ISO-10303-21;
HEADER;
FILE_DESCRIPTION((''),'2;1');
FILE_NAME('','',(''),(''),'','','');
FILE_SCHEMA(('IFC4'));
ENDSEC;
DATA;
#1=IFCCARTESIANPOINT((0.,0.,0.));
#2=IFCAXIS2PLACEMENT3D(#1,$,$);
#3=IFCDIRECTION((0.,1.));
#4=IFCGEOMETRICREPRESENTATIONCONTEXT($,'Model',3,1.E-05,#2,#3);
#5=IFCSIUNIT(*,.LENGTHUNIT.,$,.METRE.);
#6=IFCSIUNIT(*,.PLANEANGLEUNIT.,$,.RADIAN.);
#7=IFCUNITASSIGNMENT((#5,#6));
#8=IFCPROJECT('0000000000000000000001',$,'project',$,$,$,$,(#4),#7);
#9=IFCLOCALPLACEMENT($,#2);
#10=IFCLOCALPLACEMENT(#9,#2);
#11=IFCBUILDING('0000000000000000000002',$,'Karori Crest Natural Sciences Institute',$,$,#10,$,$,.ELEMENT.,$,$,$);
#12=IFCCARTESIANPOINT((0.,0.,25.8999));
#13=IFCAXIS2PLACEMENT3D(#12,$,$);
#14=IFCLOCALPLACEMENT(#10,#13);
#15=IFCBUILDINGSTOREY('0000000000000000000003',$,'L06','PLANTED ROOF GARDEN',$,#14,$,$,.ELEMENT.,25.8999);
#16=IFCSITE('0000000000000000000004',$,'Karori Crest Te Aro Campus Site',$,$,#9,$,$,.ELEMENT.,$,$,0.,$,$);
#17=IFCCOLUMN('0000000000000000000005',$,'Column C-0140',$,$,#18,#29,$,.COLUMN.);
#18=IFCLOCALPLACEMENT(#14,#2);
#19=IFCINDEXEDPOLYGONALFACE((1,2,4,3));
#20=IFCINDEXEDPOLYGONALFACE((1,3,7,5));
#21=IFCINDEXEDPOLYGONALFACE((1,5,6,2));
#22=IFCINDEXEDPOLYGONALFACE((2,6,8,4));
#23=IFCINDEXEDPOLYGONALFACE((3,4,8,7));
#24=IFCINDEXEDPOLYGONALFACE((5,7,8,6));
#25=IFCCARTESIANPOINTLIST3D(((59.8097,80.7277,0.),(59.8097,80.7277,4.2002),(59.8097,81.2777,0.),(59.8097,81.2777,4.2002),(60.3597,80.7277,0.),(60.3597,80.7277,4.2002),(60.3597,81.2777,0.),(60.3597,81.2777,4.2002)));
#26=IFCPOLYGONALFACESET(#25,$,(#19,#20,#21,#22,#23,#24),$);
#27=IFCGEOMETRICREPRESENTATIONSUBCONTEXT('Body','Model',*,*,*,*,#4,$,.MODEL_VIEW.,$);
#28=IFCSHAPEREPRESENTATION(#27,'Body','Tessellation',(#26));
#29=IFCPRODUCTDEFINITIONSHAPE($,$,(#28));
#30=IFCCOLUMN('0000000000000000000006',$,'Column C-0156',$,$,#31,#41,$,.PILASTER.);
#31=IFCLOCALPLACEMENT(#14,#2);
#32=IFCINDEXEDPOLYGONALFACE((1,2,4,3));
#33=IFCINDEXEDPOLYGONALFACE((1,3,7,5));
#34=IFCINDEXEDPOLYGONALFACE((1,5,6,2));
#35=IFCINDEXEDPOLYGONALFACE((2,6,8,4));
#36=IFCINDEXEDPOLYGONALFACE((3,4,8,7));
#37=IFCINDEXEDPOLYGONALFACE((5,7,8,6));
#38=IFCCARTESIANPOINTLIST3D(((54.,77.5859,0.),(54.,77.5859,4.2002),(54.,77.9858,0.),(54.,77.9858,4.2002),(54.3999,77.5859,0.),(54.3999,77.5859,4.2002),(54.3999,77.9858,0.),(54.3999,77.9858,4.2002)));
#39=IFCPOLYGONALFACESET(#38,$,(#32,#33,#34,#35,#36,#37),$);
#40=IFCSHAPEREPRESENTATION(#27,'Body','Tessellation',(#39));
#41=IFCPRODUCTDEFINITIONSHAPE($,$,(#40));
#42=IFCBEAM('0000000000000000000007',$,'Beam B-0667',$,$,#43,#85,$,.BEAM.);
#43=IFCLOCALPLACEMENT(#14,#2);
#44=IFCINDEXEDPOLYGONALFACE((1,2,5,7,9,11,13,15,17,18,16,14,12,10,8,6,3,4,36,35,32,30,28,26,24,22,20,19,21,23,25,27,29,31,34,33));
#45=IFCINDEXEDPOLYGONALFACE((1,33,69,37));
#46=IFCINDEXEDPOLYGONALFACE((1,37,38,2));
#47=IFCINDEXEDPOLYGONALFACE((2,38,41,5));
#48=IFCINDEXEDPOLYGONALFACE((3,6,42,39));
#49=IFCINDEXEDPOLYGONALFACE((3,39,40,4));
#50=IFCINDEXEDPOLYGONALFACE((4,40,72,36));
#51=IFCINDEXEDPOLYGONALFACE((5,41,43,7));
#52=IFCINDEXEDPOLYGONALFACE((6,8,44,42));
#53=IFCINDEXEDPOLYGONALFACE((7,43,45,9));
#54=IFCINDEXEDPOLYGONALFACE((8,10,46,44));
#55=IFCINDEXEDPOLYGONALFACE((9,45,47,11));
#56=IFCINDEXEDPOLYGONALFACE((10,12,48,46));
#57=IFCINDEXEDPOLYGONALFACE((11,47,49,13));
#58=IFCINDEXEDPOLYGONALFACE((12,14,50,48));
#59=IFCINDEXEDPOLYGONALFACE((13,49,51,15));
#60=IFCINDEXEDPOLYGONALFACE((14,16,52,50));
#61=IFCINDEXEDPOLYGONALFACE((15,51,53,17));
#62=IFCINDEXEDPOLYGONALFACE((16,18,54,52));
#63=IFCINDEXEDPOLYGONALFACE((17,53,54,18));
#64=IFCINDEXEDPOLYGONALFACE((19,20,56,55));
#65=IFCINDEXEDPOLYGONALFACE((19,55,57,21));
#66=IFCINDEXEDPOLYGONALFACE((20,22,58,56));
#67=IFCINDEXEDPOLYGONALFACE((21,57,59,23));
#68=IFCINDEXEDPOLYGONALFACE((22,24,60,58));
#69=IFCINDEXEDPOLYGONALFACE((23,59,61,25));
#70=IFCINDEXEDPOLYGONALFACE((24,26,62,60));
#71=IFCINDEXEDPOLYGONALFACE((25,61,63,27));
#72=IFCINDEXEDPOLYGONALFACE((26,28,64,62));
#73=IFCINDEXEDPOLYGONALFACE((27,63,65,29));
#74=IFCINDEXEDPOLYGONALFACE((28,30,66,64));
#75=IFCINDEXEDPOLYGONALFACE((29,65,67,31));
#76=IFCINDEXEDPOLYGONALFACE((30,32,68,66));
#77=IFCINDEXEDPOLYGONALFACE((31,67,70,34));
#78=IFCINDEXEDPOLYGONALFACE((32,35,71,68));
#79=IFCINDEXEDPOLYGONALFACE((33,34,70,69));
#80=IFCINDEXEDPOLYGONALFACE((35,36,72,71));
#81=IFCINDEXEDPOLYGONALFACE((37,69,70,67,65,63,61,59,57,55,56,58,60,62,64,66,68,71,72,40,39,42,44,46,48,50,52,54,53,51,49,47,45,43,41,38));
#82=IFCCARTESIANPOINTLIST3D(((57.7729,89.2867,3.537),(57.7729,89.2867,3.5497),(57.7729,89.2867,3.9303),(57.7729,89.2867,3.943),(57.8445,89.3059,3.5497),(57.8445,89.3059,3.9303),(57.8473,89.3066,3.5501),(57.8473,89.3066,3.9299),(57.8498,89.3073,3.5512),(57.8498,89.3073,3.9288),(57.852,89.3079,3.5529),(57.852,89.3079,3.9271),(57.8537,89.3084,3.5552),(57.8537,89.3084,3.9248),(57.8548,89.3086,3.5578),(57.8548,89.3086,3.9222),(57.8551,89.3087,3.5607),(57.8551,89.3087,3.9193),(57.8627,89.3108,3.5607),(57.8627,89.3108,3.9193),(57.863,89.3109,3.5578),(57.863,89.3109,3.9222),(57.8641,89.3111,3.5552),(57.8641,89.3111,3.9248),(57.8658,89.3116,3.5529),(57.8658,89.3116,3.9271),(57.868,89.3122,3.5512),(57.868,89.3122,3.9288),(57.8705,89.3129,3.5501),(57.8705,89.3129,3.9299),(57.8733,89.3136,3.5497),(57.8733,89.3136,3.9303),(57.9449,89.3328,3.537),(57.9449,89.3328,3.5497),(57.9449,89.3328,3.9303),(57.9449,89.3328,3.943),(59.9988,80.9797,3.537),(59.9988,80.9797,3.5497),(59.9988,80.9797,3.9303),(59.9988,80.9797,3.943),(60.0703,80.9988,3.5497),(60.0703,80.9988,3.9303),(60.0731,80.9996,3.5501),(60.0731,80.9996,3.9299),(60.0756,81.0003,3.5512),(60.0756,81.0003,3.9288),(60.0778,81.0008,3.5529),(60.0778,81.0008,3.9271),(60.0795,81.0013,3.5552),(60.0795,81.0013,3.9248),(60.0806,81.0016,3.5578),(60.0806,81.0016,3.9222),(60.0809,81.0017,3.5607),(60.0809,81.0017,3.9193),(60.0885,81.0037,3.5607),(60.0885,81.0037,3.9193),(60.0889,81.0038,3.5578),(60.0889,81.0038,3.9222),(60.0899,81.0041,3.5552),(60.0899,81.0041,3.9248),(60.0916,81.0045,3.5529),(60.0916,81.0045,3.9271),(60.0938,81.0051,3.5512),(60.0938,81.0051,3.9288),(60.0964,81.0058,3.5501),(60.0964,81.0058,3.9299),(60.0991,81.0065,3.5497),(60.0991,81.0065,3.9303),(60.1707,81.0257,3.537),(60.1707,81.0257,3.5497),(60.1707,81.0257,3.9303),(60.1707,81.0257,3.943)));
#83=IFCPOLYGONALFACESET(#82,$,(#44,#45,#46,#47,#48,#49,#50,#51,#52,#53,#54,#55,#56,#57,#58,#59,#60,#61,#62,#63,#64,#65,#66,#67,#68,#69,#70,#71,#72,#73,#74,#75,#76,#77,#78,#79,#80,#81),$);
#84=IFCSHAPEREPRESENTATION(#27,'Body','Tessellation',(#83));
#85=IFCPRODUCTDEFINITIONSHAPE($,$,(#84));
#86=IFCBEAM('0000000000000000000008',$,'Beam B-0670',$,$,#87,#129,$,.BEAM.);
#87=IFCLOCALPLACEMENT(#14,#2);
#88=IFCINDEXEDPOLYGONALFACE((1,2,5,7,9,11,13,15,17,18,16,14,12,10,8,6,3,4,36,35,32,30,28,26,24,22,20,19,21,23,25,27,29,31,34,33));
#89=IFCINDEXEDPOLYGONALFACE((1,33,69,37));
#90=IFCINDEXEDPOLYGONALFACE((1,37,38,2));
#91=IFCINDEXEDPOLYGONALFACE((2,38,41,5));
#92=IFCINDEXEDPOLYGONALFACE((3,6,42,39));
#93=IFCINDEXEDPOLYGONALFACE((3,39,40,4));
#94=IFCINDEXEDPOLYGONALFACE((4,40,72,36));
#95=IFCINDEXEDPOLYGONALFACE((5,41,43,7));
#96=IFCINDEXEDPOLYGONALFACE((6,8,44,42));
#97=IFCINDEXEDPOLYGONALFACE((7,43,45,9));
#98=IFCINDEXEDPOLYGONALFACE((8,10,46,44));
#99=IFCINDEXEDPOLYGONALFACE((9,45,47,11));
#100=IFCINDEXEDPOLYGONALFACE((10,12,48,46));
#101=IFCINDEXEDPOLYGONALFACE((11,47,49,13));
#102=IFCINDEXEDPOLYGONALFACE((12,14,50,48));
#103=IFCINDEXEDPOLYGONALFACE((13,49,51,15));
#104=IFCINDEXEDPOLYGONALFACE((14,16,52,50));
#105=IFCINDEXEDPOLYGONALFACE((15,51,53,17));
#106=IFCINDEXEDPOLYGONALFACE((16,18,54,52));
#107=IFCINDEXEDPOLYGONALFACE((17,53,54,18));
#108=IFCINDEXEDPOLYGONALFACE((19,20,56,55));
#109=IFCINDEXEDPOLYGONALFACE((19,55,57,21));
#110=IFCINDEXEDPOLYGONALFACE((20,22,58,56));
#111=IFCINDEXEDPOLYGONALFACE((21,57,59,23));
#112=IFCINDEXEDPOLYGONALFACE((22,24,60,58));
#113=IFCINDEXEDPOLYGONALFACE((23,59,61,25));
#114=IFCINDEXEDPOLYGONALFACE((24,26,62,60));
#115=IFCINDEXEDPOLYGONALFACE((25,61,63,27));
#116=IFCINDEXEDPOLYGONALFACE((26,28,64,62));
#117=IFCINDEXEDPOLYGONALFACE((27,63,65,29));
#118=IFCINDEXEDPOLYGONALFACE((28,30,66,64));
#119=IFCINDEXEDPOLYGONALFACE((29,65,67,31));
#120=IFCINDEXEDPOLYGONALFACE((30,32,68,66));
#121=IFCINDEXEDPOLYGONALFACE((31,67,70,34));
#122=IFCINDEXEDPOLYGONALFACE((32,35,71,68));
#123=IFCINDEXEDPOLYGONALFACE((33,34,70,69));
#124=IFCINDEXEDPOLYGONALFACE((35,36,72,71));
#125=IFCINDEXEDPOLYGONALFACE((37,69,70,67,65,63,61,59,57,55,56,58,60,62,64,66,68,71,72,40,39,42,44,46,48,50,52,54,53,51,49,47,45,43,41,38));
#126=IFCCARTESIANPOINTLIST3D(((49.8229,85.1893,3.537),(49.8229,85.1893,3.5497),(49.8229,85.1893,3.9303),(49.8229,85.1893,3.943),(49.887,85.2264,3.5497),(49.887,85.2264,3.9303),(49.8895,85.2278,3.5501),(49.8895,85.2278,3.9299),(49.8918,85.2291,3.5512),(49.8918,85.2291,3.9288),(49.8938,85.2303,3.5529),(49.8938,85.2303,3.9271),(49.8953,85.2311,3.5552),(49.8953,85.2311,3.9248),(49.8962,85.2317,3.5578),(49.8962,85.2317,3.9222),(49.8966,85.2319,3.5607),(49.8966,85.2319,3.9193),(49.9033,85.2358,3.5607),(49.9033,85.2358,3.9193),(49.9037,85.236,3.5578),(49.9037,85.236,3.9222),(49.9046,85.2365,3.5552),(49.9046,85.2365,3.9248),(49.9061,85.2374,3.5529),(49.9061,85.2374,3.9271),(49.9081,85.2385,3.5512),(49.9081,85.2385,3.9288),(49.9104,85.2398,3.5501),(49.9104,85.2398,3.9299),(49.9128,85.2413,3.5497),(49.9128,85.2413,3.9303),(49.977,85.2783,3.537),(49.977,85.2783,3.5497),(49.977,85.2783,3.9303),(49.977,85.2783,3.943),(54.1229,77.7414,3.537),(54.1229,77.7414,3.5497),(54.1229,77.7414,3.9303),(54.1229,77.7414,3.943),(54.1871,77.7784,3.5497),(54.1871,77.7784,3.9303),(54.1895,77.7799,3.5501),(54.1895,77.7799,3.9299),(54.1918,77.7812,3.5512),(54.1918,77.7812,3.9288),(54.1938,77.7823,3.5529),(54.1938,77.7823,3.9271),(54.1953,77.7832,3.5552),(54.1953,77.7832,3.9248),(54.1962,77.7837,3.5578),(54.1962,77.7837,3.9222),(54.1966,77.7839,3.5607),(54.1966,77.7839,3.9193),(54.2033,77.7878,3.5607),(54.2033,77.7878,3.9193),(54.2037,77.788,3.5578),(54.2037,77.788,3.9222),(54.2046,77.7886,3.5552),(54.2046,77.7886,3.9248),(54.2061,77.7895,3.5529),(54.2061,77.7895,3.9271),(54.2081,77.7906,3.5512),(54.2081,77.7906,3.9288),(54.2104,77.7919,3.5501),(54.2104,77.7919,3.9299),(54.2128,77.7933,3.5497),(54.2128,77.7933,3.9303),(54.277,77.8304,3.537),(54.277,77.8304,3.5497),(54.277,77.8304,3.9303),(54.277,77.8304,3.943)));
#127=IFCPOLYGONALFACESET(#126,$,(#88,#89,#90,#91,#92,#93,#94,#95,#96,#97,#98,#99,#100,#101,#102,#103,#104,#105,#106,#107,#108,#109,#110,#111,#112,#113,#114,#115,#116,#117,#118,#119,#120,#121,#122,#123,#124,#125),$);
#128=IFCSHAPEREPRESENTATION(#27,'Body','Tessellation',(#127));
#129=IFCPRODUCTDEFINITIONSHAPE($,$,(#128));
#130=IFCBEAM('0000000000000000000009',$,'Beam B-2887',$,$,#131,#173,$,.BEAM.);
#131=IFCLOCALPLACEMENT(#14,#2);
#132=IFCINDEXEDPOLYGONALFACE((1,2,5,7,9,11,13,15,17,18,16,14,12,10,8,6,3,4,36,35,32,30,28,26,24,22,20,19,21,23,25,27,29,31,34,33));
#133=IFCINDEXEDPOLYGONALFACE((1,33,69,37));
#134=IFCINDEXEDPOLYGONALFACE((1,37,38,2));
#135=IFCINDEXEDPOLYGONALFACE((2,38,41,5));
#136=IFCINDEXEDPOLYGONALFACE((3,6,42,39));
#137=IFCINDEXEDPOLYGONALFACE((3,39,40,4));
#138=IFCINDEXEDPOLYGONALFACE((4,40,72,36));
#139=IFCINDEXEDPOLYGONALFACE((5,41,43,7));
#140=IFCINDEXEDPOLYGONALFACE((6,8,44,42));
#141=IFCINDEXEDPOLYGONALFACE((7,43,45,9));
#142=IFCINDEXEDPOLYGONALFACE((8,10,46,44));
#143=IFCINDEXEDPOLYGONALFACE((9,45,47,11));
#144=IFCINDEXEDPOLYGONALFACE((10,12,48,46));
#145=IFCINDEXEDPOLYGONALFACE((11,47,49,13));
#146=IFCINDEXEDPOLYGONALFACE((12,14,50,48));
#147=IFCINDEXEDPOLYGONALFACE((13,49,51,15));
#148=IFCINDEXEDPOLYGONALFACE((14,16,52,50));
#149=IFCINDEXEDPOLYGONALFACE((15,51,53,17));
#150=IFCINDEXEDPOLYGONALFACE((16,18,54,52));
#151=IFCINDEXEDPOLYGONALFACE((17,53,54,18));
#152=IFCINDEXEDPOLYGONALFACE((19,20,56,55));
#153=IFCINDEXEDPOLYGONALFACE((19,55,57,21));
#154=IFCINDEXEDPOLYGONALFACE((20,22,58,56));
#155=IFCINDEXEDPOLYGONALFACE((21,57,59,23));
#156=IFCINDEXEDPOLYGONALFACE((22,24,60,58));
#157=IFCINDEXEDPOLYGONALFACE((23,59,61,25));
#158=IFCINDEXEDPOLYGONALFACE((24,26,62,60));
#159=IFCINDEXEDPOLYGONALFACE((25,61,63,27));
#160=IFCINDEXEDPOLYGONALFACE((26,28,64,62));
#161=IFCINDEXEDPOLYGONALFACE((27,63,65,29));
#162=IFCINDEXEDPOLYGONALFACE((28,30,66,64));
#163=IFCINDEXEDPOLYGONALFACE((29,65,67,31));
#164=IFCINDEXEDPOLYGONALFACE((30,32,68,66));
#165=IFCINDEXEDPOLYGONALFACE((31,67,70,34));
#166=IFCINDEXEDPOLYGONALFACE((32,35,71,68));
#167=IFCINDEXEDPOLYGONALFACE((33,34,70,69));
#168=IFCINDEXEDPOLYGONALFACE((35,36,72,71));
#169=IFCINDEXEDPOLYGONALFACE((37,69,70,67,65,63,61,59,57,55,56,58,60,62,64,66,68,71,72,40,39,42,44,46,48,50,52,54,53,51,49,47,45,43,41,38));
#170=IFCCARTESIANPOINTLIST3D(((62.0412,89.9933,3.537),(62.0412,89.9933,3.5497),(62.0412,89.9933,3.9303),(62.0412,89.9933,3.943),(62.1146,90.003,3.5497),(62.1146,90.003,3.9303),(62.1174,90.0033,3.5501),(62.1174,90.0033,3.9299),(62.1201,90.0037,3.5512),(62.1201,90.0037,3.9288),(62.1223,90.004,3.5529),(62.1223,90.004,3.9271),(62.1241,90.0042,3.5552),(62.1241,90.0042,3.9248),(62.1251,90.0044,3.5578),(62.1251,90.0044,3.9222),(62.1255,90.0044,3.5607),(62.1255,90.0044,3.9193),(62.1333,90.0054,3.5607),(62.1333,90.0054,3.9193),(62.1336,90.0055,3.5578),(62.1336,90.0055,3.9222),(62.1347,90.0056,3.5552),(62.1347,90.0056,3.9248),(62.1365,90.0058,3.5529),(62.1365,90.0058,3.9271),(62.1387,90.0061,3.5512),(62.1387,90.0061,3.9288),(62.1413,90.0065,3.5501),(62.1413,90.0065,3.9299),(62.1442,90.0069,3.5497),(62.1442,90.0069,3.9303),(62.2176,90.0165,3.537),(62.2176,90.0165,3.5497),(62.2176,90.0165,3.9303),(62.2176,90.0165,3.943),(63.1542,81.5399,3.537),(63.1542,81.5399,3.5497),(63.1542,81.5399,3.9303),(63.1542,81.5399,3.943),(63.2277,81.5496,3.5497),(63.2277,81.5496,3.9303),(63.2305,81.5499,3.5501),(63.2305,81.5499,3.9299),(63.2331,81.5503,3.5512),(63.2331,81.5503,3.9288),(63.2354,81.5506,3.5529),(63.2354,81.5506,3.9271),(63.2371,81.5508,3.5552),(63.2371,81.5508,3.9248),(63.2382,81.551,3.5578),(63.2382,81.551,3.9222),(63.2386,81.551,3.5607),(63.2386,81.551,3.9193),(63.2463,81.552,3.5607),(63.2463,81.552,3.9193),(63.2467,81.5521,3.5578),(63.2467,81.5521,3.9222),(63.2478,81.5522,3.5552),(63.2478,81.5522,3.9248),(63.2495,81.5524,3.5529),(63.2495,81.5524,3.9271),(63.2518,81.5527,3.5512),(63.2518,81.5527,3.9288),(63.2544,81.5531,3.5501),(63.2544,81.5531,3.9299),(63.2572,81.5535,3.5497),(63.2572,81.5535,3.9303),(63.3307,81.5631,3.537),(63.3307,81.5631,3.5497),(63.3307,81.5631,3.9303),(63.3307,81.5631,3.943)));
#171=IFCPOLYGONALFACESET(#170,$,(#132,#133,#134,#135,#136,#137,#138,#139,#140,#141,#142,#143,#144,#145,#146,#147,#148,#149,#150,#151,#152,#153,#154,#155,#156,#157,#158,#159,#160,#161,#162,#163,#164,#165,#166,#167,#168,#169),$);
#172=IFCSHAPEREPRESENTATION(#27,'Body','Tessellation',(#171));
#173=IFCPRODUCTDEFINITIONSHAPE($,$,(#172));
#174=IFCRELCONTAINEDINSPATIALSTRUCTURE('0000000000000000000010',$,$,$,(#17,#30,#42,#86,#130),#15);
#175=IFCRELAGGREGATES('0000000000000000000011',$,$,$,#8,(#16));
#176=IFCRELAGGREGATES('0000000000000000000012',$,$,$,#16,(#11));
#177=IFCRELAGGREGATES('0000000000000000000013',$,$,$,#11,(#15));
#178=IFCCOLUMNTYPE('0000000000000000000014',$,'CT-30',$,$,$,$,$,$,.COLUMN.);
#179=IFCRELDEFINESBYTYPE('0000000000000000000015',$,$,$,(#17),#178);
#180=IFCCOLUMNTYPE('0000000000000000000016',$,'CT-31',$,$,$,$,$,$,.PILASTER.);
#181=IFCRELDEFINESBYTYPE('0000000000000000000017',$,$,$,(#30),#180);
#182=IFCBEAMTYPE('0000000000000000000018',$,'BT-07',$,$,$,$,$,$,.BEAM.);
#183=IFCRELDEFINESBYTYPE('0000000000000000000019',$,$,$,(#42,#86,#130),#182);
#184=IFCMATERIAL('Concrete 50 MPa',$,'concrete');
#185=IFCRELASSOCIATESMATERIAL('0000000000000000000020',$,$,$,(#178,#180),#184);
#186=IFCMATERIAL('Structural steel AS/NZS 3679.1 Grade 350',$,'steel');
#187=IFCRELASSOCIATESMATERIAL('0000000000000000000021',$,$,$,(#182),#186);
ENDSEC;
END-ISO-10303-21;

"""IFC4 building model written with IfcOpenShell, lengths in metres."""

from ifc_helpers import new_model, si_unit, direction, frame, origin, origin_2d, place, context, subcontext, project, spatial, rectangle, i_section, extrude, material, material_profile, profile_set, type_object, element, save


model = new_model("IFC4")

# Units and contexts
model_context = context("Model", 3, precision=1e-05, world=origin(), true_north=direction((0.0, 1.0)))
body_context = subcontext(model_context, "Body", "Model", "MODEL_VIEW")
ifc_project = project(units=[si_unit("LENGTHUNIT", "METRE"), si_unit("PLANEANGLEUNIT", "RADIAN")], contexts=[model_context])

# Site, building, storey
site_placement = place(None, origin())
site = spatial("IfcSite", under=ifc_project, at=site_placement, Name="Karori Crest Te Aro Campus Site", CompositionType="ELEMENT", RefElevation=0.0)
building_placement = place(site_placement, origin())
building = spatial("IfcBuilding", under=site, at=building_placement, Name="Karori Crest Natural Sciences Institute", CompositionType="ELEMENT")
storey_placement = place(building_placement, frame((0.0, 0.0, 25.8999)))
storey = spatial("IfcBuildingStorey", under=building, at=storey_placement, Name="L06", Description="PLANTED ROOF GARDEN", CompositionType="ELEMENT", Elevation=25.8999)

# Columns
ifc_material_1 = material(Name="Concrete 50 MPa", Category="concrete")
ifc_material_profile_1 = material_profile(ifc_material_1, rectangle(XDim=0.55, YDim=0.55, at=origin_2d()), Name="RC550x550")
ifc_profile_set_1 = profile_set([ifc_material_profile_1], Name="Concrete 50 MPa")
column_type_1 = type_object("IfcColumnType", Name="CT-30", PredefinedType="COLUMN", material=ifc_profile_set_1)
column_1_placement = place(storey_placement, frame((60.0847, 81.0027, 0.0), z_axis=(0.0, 0.0, 1.0), x_axis=(1.0, 0.0, 0.0)))
element("IfcColumn", 1, at=column_1_placement, inside=storey, type_object=column_type_1, Name="Column C-0140", PredefinedType="COLUMN", context=body_context, shape_type="SweptSolid", body=[
    extrude(rectangle(XDim=0.55, YDim=0.55, at=origin_2d()), origin(), (0.0, 0.0, 1.0), 4.2002),
])
ifc_material_profile_2 = material_profile(ifc_material_1, rectangle(XDim=0.3999, YDim=0.3999, at=origin_2d()), Name="RC400x400")
ifc_profile_set_2 = profile_set([ifc_material_profile_2], Name="Concrete 50 MPa")
column_type_2 = type_object("IfcColumnType", Name="CT-31", PredefinedType="PILASTER", material=ifc_profile_set_2)
column_2_placement = place(storey_placement, frame((54.2, 77.7859, 0.0), z_axis=(0.0, 0.0, 1.0), x_axis=(1.0, 0.0, 0.0)))
element("IfcColumn", 2, at=column_2_placement, inside=storey, type_object=column_type_2, Name="Column C-0156", PredefinedType="PILASTER", context=body_context, shape_type="SweptSolid", body=[
    extrude(rectangle(XDim=0.3999, YDim=0.3999, at=origin_2d()), origin(), (0.0, 0.0, 1.0), 4.2002),
])

# Beams
ifc_material_2 = material(Name="Structural steel AS/NZS 3679.1 Grade 350", Category="steel")
ifc_material_profile_3 = material_profile(ifc_material_2, i_section(OverallWidth=0.178, OverallDepth=0.406, WebThickness=0.0078, FlangeThickness=0.0127, FilletRadius=0.011, at=origin_2d()), Name="410UB59.7")
ifc_profile_set_3 = profile_set([ifc_material_profile_3], Name="Structural steel AS/NZS 3679.1 Grade 350")
beam_type_1 = type_object("IfcBeamType", Name="BT-07", PredefinedType="BEAM", material=ifc_profile_set_3)
for number, where, z_axis, x_axis, name in (
    (3, (60.0847, 81.0027, 3.74), (-0.258813, 0.965928, 0.0), (-0.965928, -0.258813, 0.0), "Beam B-0667"),
    (4, (54.2, 77.7859, 3.74), (-0.499995, 0.866028, 0.0), (-0.866028, -0.499995, 0.0), "Beam B-0670"),
):
    element("IfcBeam", number, at=place(storey_placement, frame(where, z_axis=z_axis, x_axis=x_axis)), inside=storey, type_object=beam_type_1, Name=name, PredefinedType="BEAM", context=body_context, shape_type="SweptSolid", body=[
        extrude(i_section(OverallWidth=0.178, OverallDepth=0.406, WebThickness=0.0078, FlangeThickness=0.0127, FilletRadius=0.011, at=origin_2d()), origin(), (0.0, 0.0, 1.0), 8.6001),
    ])
for number, where, z_axis, x_axis, name in (
    (5, (63.2424, 81.5515, 3.74), (-0.130541, 0.991443, 0.0), (-0.991443, -0.130541, 0.0), "Beam B-2887"),
):
    element("IfcBeam", number, at=place(storey_placement, frame(where, z_axis=z_axis, x_axis=x_axis)), inside=storey, type_object=beam_type_1, Name=name, PredefinedType="BEAM", context=body_context, shape_type="SweptSolid", body=[
        extrude(i_section(OverallWidth=0.178, OverallDepth=0.406, WebThickness=0.0078, FlangeThickness=0.0127, FilletRadius=0.011, at=origin_2d()), origin(), (0.0, 0.0, 1.0), 8.5264),
    ])

save(model, "model.ifc")
